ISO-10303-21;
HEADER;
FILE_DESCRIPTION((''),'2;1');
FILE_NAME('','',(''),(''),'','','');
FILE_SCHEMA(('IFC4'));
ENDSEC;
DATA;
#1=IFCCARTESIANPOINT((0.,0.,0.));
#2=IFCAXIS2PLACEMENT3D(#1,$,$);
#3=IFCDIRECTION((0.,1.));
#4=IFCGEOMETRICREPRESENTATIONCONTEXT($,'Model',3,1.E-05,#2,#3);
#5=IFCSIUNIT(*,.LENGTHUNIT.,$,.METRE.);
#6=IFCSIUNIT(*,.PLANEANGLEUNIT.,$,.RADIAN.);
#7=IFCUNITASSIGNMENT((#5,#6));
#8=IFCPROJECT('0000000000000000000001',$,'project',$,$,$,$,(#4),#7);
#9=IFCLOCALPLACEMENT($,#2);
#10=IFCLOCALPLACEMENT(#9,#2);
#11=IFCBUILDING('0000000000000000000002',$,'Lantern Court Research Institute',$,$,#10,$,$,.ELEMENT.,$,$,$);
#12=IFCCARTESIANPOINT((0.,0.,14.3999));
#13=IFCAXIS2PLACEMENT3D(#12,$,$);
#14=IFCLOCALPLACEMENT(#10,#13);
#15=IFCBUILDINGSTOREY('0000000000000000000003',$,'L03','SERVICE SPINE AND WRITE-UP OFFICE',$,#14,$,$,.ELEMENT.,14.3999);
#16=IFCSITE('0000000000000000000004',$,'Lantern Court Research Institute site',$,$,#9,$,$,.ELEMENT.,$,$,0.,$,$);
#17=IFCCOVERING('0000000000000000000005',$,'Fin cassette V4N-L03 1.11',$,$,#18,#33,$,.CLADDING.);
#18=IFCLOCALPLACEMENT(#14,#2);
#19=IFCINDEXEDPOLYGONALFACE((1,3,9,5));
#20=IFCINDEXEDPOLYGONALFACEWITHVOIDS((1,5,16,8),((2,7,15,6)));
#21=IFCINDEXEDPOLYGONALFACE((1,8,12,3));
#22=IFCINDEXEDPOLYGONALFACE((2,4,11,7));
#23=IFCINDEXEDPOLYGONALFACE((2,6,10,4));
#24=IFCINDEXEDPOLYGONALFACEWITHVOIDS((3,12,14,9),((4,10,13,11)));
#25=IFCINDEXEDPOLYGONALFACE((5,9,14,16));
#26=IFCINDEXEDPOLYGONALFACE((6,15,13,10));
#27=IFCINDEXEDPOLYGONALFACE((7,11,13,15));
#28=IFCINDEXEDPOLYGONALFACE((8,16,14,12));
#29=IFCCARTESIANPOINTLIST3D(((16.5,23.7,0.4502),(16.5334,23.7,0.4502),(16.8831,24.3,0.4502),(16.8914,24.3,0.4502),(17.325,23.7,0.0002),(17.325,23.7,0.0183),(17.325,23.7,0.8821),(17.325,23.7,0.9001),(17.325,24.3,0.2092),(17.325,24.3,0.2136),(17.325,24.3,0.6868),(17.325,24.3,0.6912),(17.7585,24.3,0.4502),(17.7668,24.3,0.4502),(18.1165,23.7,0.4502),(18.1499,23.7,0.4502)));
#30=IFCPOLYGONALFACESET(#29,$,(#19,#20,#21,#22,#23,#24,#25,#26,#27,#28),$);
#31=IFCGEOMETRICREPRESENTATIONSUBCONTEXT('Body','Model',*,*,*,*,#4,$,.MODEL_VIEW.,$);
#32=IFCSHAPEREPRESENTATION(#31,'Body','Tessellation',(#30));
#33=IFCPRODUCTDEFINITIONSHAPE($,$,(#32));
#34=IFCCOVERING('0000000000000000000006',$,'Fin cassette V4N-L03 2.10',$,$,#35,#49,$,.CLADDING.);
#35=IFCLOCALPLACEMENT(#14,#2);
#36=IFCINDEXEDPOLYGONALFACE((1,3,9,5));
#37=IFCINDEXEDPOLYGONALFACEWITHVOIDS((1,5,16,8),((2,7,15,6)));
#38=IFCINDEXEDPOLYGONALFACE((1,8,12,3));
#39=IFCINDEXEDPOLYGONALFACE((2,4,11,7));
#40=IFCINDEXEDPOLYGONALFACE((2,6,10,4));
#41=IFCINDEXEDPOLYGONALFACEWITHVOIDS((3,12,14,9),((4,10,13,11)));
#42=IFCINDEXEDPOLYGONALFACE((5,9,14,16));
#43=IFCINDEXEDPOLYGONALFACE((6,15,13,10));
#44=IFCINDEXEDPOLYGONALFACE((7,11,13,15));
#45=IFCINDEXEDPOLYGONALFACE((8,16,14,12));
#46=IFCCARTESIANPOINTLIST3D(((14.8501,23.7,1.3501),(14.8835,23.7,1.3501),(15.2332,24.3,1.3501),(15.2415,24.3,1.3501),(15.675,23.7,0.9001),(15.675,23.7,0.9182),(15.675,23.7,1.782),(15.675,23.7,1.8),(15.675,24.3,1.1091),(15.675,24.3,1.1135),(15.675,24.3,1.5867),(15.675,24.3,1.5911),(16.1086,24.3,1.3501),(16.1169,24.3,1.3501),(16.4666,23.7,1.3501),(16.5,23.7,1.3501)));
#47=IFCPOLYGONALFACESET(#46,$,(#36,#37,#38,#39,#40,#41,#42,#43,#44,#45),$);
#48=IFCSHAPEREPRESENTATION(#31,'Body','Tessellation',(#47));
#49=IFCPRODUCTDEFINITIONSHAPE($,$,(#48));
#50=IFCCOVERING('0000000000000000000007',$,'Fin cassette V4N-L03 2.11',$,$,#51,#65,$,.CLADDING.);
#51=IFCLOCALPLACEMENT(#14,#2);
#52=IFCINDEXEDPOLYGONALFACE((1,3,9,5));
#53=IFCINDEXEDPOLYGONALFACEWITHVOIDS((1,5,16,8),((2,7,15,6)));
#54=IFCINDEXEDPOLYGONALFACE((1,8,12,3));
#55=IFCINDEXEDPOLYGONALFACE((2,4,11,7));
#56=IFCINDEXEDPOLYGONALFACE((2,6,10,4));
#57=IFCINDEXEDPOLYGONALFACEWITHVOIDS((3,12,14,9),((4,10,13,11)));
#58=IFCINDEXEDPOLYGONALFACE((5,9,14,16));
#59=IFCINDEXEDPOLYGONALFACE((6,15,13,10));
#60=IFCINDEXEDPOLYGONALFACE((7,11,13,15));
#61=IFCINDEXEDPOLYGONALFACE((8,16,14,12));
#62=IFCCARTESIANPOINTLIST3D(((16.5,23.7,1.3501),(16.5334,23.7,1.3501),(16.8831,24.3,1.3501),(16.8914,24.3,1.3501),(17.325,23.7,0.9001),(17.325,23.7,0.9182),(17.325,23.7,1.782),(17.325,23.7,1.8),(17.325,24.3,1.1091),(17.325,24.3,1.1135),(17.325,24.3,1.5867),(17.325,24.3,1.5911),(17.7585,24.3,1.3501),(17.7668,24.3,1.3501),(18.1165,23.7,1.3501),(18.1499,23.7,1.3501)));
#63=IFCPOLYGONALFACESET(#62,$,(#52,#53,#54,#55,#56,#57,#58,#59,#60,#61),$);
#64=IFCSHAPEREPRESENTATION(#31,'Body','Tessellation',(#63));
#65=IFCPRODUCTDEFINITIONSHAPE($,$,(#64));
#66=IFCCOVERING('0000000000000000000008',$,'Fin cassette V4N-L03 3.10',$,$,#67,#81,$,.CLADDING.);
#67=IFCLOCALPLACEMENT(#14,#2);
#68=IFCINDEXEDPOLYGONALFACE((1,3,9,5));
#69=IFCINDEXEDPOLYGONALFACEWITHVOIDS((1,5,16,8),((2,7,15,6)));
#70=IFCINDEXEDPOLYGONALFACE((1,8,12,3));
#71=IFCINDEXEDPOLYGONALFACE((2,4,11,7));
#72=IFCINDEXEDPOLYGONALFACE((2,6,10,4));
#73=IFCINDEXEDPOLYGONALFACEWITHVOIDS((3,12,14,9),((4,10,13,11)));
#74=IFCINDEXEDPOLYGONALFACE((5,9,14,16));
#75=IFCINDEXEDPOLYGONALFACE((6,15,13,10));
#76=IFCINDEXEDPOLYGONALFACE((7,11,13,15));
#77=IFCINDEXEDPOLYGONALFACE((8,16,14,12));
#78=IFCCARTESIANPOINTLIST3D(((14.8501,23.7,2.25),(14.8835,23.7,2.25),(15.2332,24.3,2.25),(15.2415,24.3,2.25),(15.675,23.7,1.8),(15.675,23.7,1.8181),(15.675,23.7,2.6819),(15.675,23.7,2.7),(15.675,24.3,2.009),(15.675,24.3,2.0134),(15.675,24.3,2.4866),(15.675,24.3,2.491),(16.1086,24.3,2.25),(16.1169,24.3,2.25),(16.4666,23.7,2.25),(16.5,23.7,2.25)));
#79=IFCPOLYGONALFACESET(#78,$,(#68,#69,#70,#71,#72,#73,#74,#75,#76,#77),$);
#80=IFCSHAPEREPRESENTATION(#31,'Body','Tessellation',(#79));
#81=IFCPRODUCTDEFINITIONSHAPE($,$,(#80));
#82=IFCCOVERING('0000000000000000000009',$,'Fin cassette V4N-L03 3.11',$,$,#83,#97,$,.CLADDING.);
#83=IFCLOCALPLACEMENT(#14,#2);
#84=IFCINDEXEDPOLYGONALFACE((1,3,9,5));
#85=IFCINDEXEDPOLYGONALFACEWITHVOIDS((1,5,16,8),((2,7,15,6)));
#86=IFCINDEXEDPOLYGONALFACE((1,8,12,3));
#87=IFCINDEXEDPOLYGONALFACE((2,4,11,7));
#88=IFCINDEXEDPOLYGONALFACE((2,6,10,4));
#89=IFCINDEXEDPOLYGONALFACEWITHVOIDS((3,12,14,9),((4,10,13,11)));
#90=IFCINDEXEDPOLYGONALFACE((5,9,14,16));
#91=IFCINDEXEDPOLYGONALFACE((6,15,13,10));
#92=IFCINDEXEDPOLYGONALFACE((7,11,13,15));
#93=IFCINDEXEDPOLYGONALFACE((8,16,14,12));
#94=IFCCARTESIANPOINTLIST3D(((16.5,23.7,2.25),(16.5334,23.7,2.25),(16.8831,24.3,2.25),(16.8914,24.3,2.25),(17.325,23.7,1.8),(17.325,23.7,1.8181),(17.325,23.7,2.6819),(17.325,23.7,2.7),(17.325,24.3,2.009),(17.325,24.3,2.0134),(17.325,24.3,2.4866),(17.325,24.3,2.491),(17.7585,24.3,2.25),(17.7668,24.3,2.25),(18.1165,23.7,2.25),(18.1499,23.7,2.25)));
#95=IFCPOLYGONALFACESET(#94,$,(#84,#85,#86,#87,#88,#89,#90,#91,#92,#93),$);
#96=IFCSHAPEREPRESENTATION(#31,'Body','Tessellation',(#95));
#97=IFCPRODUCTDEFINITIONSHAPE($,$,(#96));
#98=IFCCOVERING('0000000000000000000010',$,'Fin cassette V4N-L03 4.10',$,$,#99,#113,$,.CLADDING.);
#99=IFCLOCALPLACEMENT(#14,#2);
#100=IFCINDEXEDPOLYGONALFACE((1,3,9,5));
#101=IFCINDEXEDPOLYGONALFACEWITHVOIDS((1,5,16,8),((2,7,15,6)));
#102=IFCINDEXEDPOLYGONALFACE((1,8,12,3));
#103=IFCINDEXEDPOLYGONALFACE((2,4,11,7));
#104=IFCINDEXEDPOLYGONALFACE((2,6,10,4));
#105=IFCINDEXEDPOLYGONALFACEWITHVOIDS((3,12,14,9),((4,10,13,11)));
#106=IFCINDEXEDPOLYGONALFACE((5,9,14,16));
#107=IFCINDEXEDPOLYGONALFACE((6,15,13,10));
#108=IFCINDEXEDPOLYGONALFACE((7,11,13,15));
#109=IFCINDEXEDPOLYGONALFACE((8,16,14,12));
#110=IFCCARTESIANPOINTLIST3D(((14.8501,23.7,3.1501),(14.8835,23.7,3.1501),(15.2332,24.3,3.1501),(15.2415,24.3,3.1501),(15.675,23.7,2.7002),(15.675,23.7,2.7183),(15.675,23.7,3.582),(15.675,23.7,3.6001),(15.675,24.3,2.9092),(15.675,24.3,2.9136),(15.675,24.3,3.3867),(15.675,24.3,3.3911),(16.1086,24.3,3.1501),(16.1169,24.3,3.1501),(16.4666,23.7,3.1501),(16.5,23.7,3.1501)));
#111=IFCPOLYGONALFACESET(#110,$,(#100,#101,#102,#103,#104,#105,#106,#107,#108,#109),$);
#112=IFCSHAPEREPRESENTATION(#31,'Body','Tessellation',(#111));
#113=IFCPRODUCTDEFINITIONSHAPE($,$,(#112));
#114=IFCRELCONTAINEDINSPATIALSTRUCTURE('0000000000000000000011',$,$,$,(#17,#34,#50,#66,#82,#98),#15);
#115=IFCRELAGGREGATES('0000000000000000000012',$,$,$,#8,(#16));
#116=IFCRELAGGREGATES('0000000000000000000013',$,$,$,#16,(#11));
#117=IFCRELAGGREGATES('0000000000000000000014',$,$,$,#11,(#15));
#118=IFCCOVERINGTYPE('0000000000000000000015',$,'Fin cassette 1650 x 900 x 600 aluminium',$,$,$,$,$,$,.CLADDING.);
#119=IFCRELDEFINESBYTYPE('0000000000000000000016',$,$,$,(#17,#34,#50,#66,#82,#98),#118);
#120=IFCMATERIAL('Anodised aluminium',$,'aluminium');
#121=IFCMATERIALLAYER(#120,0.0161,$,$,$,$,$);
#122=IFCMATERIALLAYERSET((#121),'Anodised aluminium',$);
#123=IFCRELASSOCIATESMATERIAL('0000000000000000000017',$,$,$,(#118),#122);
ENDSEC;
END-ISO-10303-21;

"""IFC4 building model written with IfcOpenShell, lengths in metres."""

from ifc_helpers import new_model, entity, si_unit, direction, frame, origin, place, context, subcontext, project, spatial, material, layer, layer_set, type_object, element, save


model = new_model("IFC4")

# Units and contexts
model_context = context("Model", 3, precision=1e-05, world=origin(), true_north=direction((0.0, 1.0)))
body_context = subcontext(model_context, "Body", "Model", "MODEL_VIEW")
ifc_project = project(units=[si_unit("LENGTHUNIT", "METRE"), si_unit("PLANEANGLEUNIT", "RADIAN")], contexts=[model_context])

# Site, building, storey
site_placement = place(None, origin())
site = spatial("IfcSite", under=ifc_project, at=site_placement, Name="Lantern Court Research Institute site", CompositionType="ELEMENT", RefElevation=0.0)
building_placement = place(site_placement, origin())
building = spatial("IfcBuilding", under=site, at=building_placement, Name="Lantern Court Research Institute", CompositionType="ELEMENT")
storey_placement = place(building_placement, frame((0.0, 0.0, 14.3999)))
storey = spatial("IfcBuildingStorey", under=building, at=storey_placement, Name="L03", Description="SERVICE SPINE AND WRITE-UP OFFICE", CompositionType="ELEMENT", Elevation=14.3999)

# Coverings
ifc_material_1 = material(Name="Anodised aluminium", Category="aluminium")
ifc_layer_1 = layer(ifc_material_1, 0.0161)
ifc_layer_set_1 = layer_set([ifc_layer_1], Name="Anodised aluminium")
covering_type = type_object("IfcCoveringType", Name="Fin cassette 1650 x 900 x 600 aluminium", PredefinedType="CLADDING", material=ifc_layer_set_1)
covering_1_placement = place(storey_placement, frame((17.325, 23.7, 0.4502), z_axis=(0.0, 1.0, 0.0), x_axis=(-1.0, 0.0, 0.0)))
cartesian_point_1 = entity("IfcCartesianPoint", [0.825, 0.0])
cartesian_point_2 = entity("IfcCartesianPoint", [0.7915, 0.0])
cartesian_point_3 = entity("IfcCartesianPoint", [0.4419, 0.0])
cartesian_point_4 = entity("IfcCartesianPoint", [0.4336, 0.0])
element("IfcCovering", 1, at=covering_1_placement, inside=storey, type_object=covering_type, Name="Fin cassette V4N-L03 1.11", PredefinedType="CLADDING", context=body_context, shape_type="SweptSolid", body=[
    entity("IfcExtrudedAreaSolidTapered", entity("IfcArbitraryProfileDefWithVoids", "AREA", None, entity("IfcPolyline", [cartesian_point_1, entity("IfcCartesianPoint", [0.0, 0.45]), entity("IfcCartesianPoint", [-0.825, 0.0]), entity("IfcCartesianPoint", [0.0, -0.45]), cartesian_point_1]), [entity("IfcPolyline", [cartesian_point_2, entity("IfcCartesianPoint", [0.0, 0.4319]), entity("IfcCartesianPoint", [-0.7915, 0.0]), entity("IfcCartesianPoint", [0.0, -0.4319]), cartesian_point_2])]), entity("IfcAxis2Placement3D", entity("IfcCartesianPoint", [0.0, 0.0, 0.0])), entity("IfcDirection", [0.0, 0.0, 1.0]), 0.6001, entity("IfcArbitraryProfileDefWithVoids", "AREA", None, entity("IfcPolyline", [cartesian_point_3, entity("IfcCartesianPoint", [0.0, 0.241]), entity("IfcCartesianPoint", [-0.4419, 0.0]), entity("IfcCartesianPoint", [0.0, -0.241]), cartesian_point_3]), [entity("IfcPolyline", [cartesian_point_4, entity("IfcCartesianPoint", [0.0, 0.2366]), entity("IfcCartesianPoint", [-0.4336, 0.0]), entity("IfcCartesianPoint", [0.0, -0.2366]), cartesian_point_4])])),
])
covering_2_placement = place(storey_placement, frame((15.675, 23.7, 1.3501), z_axis=(0.0, 1.0, 0.0), x_axis=(-1.0, 0.0, 0.0)))
cartesian_point_5 = entity("IfcCartesianPoint", [0.825, 0.0])
cartesian_point_6 = entity("IfcCartesianPoint", [0.7915, 0.0])
cartesian_point_7 = entity("IfcCartesianPoint", [0.4419, 0.0])
cartesian_point_8 = entity("IfcCartesianPoint", [0.4336, 0.0])
element("IfcCovering", 2, at=covering_2_placement, inside=storey, type_object=covering_type, Name="Fin cassette V4N-L03 2.10", PredefinedType="CLADDING", context=body_context, shape_type="SweptSolid", body=[
    entity("IfcExtrudedAreaSolidTapered", entity("IfcArbitraryProfileDefWithVoids", "AREA", None, entity("IfcPolyline", [cartesian_point_5, entity("IfcCartesianPoint", [0.0, 0.45]), entity("IfcCartesianPoint", [-0.825, 0.0]), entity("IfcCartesianPoint", [0.0, -0.45]), cartesian_point_5]), [entity("IfcPolyline", [cartesian_point_6, entity("IfcCartesianPoint", [0.0, 0.4319]), entity("IfcCartesianPoint", [-0.7915, 0.0]), entity("IfcCartesianPoint", [0.0, -0.4319]), cartesian_point_6])]), entity("IfcAxis2Placement3D", entity("IfcCartesianPoint", [0.0, 0.0, 0.0])), entity("IfcDirection", [0.0, 0.0, 1.0]), 0.6001, entity("IfcArbitraryProfileDefWithVoids", "AREA", None, entity("IfcPolyline", [cartesian_point_7, entity("IfcCartesianPoint", [0.0, 0.241]), entity("IfcCartesianPoint", [-0.4419, 0.0]), entity("IfcCartesianPoint", [0.0, -0.241]), cartesian_point_7]), [entity("IfcPolyline", [cartesian_point_8, entity("IfcCartesianPoint", [0.0, 0.2366]), entity("IfcCartesianPoint", [-0.4336, 0.0]), entity("IfcCartesianPoint", [0.0, -0.2366]), cartesian_point_8])])),
])
covering_3_placement = place(storey_placement, frame((17.325, 23.7, 1.3501), z_axis=(0.0, 1.0, 0.0), x_axis=(-1.0, 0.0, 0.0)))
cartesian_point_9 = entity("IfcCartesianPoint", [0.825, 0.0])
cartesian_point_10 = entity("IfcCartesianPoint", [0.7915, 0.0])
cartesian_point_11 = entity("IfcCartesianPoint", [0.4419, 0.0])
cartesian_point_12 = entity("IfcCartesianPoint", [0.4336, 0.0])
element("IfcCovering", 3, at=covering_3_placement, inside=storey, type_object=covering_type, Name="Fin cassette V4N-L03 2.11", PredefinedType="CLADDING", context=body_context, shape_type="SweptSolid", body=[
    entity("IfcExtrudedAreaSolidTapered", entity("IfcArbitraryProfileDefWithVoids", "AREA", None, entity("IfcPolyline", [cartesian_point_9, entity("IfcCartesianPoint", [0.0, 0.45]), entity("IfcCartesianPoint", [-0.825, 0.0]), entity("IfcCartesianPoint", [0.0, -0.45]), cartesian_point_9]), [entity("IfcPolyline", [cartesian_point_10, entity("IfcCartesianPoint", [0.0, 0.4319]), entity("IfcCartesianPoint", [-0.7915, 0.0]), entity("IfcCartesianPoint", [0.0, -0.4319]), cartesian_point_10])]), entity("IfcAxis2Placement3D", entity("IfcCartesianPoint", [0.0, 0.0, 0.0])), entity("IfcDirection", [0.0, 0.0, 1.0]), 0.6001, entity("IfcArbitraryProfileDefWithVoids", "AREA", None, entity("IfcPolyline", [cartesian_point_11, entity("IfcCartesianPoint", [0.0, 0.241]), entity("IfcCartesianPoint", [-0.4419, 0.0]), entity("IfcCartesianPoint", [0.0, -0.241]), cartesian_point_11]), [entity("IfcPolyline", [cartesian_point_12, entity("IfcCartesianPoint", [0.0, 0.2366]), entity("IfcCartesianPoint", [-0.4336, 0.0]), entity("IfcCartesianPoint", [0.0, -0.2366]), cartesian_point_12])])),
])
covering_4_placement = place(storey_placement, frame((15.675, 23.7, 2.25), z_axis=(0.0, 1.0, 0.0), x_axis=(-1.0, 0.0, 0.0)))
cartesian_point_13 = entity("IfcCartesianPoint", [0.825, 0.0])
cartesian_point_14 = entity("IfcCartesianPoint", [0.7915, 0.0])
cartesian_point_15 = entity("IfcCartesianPoint", [0.4419, 0.0])
cartesian_point_16 = entity("IfcCartesianPoint", [0.4336, 0.0])
element("IfcCovering", 4, at=covering_4_placement, inside=storey, type_object=covering_type, Name="Fin cassette V4N-L03 3.10", PredefinedType="CLADDING", context=body_context, shape_type="SweptSolid", body=[
    entity("IfcExtrudedAreaSolidTapered", entity("IfcArbitraryProfileDefWithVoids", "AREA", None, entity("IfcPolyline", [cartesian_point_13, entity("IfcCartesianPoint", [0.0, 0.45]), entity("IfcCartesianPoint", [-0.825, 0.0]), entity("IfcCartesianPoint", [0.0, -0.45]), cartesian_point_13]), [entity("IfcPolyline", [cartesian_point_14, entity("IfcCartesianPoint", [0.0, 0.4319]), entity("IfcCartesianPoint", [-0.7915, 0.0]), entity("IfcCartesianPoint", [0.0, -0.4319]), cartesian_point_14])]), entity("IfcAxis2Placement3D", entity("IfcCartesianPoint", [0.0, 0.0, 0.0])), entity("IfcDirection", [0.0, 0.0, 1.0]), 0.6001, entity("IfcArbitraryProfileDefWithVoids", "AREA", None, entity("IfcPolyline", [cartesian_point_15, entity("IfcCartesianPoint", [0.0, 0.241]), entity("IfcCartesianPoint", [-0.4419, 0.0]), entity("IfcCartesianPoint", [0.0, -0.241]), cartesian_point_15]), [entity("IfcPolyline", [cartesian_point_16, entity("IfcCartesianPoint", [0.0, 0.2366]), entity("IfcCartesianPoint", [-0.4336, 0.0]), entity("IfcCartesianPoint", [0.0, -0.2366]), cartesian_point_16])])),
])
covering_5_placement = place(storey_placement, frame((17.325, 23.7, 2.25), z_axis=(0.0, 1.0, 0.0), x_axis=(-1.0, 0.0, 0.0)))
cartesian_point_17 = entity("IfcCartesianPoint", [0.825, 0.0])
cartesian_point_18 = entity("IfcCartesianPoint", [0.7915, 0.0])
cartesian_point_19 = entity("IfcCartesianPoint", [0.4419, 0.0])
cartesian_point_20 = entity("IfcCartesianPoint", [0.4336, 0.0])
element("IfcCovering", 5, at=covering_5_placement, inside=storey, type_object=covering_type, Name="Fin cassette V4N-L03 3.11", PredefinedType="CLADDING", context=body_context, shape_type="SweptSolid", body=[
    entity("IfcExtrudedAreaSolidTapered", entity("IfcArbitraryProfileDefWithVoids", "AREA", None, entity("IfcPolyline", [cartesian_point_17, entity("IfcCartesianPoint", [0.0, 0.45]), entity("IfcCartesianPoint", [-0.825, 0.0]), entity("IfcCartesianPoint", [0.0, -0.45]), cartesian_point_17]), [entity("IfcPolyline", [cartesian_point_18, entity("IfcCartesianPoint", [0.0, 0.4319]), entity("IfcCartesianPoint", [-0.7915, 0.0]), entity("IfcCartesianPoint", [0.0, -0.4319]), cartesian_point_18])]), entity("IfcAxis2Placement3D", entity("IfcCartesianPoint", [0.0, 0.0, 0.0])), entity("IfcDirection", [0.0, 0.0, 1.0]), 0.6001, entity("IfcArbitraryProfileDefWithVoids", "AREA", None, entity("IfcPolyline", [cartesian_point_19, entity("IfcCartesianPoint", [0.0, 0.241]), entity("IfcCartesianPoint", [-0.4419, 0.0]), entity("IfcCartesianPoint", [0.0, -0.241]), cartesian_point_19]), [entity("IfcPolyline", [cartesian_point_20, entity("IfcCartesianPoint", [0.0, 0.2366]), entity("IfcCartesianPoint", [-0.4336, 0.0]), entity("IfcCartesianPoint", [0.0, -0.2366]), cartesian_point_20])])),
])
covering_6_placement = place(storey_placement, frame((15.675, 23.7, 3.1501), z_axis=(0.0, 1.0, 0.0), x_axis=(-1.0, 0.0, 0.0)))
cartesian_point_21 = entity("IfcCartesianPoint", [0.825, 0.0])
cartesian_point_22 = entity("IfcCartesianPoint", [0.7915, 0.0])
cartesian_point_23 = entity("IfcCartesianPoint", [0.4419, 0.0])
cartesian_point_24 = entity("IfcCartesianPoint", [0.4336, 0.0])
element("IfcCovering", 6, at=covering_6_placement, inside=storey, type_object=covering_type, Name="Fin cassette V4N-L03 4.10", PredefinedType="CLADDING", context=body_context, shape_type="SweptSolid", body=[
    entity("IfcExtrudedAreaSolidTapered", entity("IfcArbitraryProfileDefWithVoids", "AREA", None, entity("IfcPolyline", [cartesian_point_21, entity("IfcCartesianPoint", [0.0, 0.45]), entity("IfcCartesianPoint", [-0.825, 0.0]), entity("IfcCartesianPoint", [0.0, -0.45]), cartesian_point_21]), [entity("IfcPolyline", [cartesian_point_22, entity("IfcCartesianPoint", [0.0, 0.4319]), entity("IfcCartesianPoint", [-0.7915, 0.0]), entity("IfcCartesianPoint", [0.0, -0.4319]), cartesian_point_22])]), entity("IfcAxis2Placement3D", entity("IfcCartesianPoint", [0.0, 0.0, 0.0])), entity("IfcDirection", [0.0, 0.0, 1.0]), 0.6001, entity("IfcArbitraryProfileDefWithVoids", "AREA", None, entity("IfcPolyline", [cartesian_point_23, entity("IfcCartesianPoint", [0.0, 0.241]), entity("IfcCartesianPoint", [-0.4419, 0.0]), entity("IfcCartesianPoint", [0.0, -0.241]), cartesian_point_23]), [entity("IfcPolyline", [cartesian_point_24, entity("IfcCartesianPoint", [0.0, 0.2366]), entity("IfcCartesianPoint", [-0.4336, 0.0]), entity("IfcCartesianPoint", [0.0, -0.2366]), cartesian_point_24])])),
])

save(model, "model.ifc")
